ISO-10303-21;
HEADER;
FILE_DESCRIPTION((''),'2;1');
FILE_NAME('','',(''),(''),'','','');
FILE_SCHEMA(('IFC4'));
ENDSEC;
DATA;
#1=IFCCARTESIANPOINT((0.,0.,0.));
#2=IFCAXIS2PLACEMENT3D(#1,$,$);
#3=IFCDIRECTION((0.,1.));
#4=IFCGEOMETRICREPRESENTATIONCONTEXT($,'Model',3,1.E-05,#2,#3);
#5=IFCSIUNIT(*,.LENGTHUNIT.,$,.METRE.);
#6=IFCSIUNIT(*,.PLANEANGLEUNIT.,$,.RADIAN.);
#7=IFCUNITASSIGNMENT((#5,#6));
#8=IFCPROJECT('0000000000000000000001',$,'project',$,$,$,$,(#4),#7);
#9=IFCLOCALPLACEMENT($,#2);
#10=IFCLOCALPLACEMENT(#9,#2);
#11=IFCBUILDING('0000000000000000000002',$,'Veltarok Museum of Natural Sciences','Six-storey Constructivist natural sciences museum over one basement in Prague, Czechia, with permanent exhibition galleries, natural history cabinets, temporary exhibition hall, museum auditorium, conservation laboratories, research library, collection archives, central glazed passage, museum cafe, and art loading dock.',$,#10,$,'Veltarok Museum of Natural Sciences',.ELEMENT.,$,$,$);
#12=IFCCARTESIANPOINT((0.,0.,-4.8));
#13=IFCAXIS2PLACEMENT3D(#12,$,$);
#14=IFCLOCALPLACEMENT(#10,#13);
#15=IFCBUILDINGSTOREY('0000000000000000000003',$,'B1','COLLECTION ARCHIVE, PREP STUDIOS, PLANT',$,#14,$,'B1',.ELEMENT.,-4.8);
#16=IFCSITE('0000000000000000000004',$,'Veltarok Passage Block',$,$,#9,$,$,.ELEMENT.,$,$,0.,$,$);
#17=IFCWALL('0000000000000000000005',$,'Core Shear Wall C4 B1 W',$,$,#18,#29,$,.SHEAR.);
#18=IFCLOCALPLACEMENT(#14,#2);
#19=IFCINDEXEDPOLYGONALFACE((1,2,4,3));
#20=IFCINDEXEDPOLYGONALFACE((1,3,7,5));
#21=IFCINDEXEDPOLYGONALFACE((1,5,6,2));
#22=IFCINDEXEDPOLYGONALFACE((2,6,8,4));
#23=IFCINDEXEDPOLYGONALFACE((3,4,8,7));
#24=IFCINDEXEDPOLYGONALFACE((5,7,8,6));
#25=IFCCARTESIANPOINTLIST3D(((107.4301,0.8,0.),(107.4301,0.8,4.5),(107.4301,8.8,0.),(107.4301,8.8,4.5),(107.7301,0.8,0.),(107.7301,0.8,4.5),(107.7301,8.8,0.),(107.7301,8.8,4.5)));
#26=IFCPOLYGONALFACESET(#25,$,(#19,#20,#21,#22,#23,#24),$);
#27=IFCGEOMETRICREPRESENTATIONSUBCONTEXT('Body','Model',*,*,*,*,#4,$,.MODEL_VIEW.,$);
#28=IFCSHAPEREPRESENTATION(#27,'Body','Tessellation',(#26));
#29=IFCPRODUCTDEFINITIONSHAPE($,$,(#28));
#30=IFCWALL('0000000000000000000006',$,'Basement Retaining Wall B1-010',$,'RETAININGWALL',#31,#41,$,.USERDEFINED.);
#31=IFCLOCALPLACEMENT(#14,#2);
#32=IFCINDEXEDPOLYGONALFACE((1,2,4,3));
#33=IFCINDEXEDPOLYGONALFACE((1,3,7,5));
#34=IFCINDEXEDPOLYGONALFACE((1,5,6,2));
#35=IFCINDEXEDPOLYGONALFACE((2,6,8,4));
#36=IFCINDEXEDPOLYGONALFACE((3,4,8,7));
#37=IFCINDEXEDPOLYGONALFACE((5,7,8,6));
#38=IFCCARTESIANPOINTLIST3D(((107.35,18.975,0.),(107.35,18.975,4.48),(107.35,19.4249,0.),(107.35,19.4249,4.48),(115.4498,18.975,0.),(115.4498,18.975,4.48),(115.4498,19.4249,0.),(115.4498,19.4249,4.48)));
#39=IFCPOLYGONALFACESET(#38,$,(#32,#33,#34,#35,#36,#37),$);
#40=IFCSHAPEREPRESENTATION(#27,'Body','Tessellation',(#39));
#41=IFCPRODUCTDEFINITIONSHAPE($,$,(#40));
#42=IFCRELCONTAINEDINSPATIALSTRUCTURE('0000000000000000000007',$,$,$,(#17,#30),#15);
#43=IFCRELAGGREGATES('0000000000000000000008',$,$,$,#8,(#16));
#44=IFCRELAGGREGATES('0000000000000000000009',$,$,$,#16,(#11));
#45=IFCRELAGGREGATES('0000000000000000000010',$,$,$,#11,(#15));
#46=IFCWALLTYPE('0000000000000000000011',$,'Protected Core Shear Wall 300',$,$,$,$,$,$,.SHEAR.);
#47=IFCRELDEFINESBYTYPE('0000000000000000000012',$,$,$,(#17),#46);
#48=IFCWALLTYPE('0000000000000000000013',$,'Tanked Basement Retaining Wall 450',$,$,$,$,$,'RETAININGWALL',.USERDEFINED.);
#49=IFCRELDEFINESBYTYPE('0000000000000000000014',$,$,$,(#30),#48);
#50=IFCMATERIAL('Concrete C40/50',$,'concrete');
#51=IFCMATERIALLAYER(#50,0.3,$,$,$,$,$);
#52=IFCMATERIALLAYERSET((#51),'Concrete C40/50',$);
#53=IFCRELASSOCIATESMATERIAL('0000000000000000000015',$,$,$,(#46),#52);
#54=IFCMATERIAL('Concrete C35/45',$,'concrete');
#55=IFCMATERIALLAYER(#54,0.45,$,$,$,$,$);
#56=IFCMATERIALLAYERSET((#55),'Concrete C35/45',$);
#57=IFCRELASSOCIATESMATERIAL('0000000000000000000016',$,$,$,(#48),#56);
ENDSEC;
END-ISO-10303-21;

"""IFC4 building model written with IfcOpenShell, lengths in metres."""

from ifc_helpers import new_model, si_unit, direction, frame, frame_2d, origin, place, context, subcontext, project, spatial, rectangle, extrude, material, layer, layer_set, type_object, element, save


model = new_model("IFC4")

# Units and contexts
model_context = context("Model", 3, precision=1e-05, world=origin(), true_north=direction((0.0, 1.0)))
body_context = subcontext(model_context, "Body", "Model", "MODEL_VIEW")
ifc_project = project(units=[si_unit("LENGTHUNIT", "METRE"), si_unit("PLANEANGLEUNIT", "RADIAN")], contexts=[model_context])

# Site, building, storey
site_placement = place(None, origin())
site = spatial("IfcSite", under=ifc_project, at=site_placement, Name="Veltarok Passage Block", CompositionType="ELEMENT", RefElevation=0.0)
building_placement = place(site_placement, origin())
building = spatial("IfcBuilding", under=site, at=building_placement, Name="Veltarok Museum of Natural Sciences", Description="Six-storey Constructivist natural sciences museum over one basement in Prague, Czechia, with permanent exhibition galleries, natural history cabinets, temporary exhibition hall, museum auditorium, conservation laboratories, research library, collection archives, central glazed passage, museum cafe, and art loading dock.", LongName="Veltarok Museum of Natural Sciences", CompositionType="ELEMENT")
storey_placement = place(building_placement, frame((0.0, 0.0, -4.8)))
storey = spatial("IfcBuildingStorey", under=building, at=storey_placement, Name="B1", Description="COLLECTION ARCHIVE, PREP STUDIOS, PLANT", LongName="B1", CompositionType="ELEMENT", Elevation=-4.8)

# Shared definitions
ifc_material_1 = material(Name="Concrete C35/45", Category="concrete")

# Shared definitions
ifc_material_2 = material(Name="Concrete C40/50", Category="concrete")

# Walls
ifc_layer_1 = layer(ifc_material_2, 0.3)
ifc_layer_set_1 = layer_set([ifc_layer_1], Name="Concrete C40/50")
wall_type_1 = type_object("IfcWallType", Name="Protected Core Shear Wall 300", PredefinedType="SHEAR", material=ifc_layer_set_1)
wall_1_placement = place(storey_placement, frame((107.5801, 8.8, 0.0), z_axis=(0.0, 0.0, 1.0), x_axis=(0.0, -1.0, 0.0)))
element("IfcWall", 1, at=wall_1_placement, inside=storey, type_object=wall_type_1, Name="Core Shear Wall C4 B1 W", PredefinedType="SHEAR", context=body_context, shape_type="SweptSolid", body=[
    extrude(rectangle(XDim=8.0, YDim=0.3, at=frame_2d((4.0, 0.0))), origin(), (0.0, 0.0, 1.0), 4.5),
])
ifc_layer_2 = layer(ifc_material_1, 0.45)
ifc_layer_set_2 = layer_set([ifc_layer_2], Name="Concrete C35/45")
wall_type_2 = type_object("IfcWallType", Name="Tanked Basement Retaining Wall 450", ElementType="RETAININGWALL", PredefinedType="USERDEFINED", material=ifc_layer_set_2)
wall_2_placement = place(storey_placement, frame((107.3501, 19.2, 0.0), z_axis=(0.0, 0.0, 1.0), x_axis=(1.0, 0.0, 0.0)))
element("IfcWall", 2, at=wall_2_placement, inside=storey, type_object=wall_type_2, Name="Basement Retaining Wall B1-010", ObjectType="RETAININGWALL", PredefinedType="USERDEFINED", context=body_context, shape_type="SweptSolid", body=[
    extrude(rectangle(XDim=8.0999, YDim=0.45, at=frame_2d((4.0498, 0.0))), origin(), (0.0, 0.0, 1.0), 4.48),
])

save(model, "model.ifc")
